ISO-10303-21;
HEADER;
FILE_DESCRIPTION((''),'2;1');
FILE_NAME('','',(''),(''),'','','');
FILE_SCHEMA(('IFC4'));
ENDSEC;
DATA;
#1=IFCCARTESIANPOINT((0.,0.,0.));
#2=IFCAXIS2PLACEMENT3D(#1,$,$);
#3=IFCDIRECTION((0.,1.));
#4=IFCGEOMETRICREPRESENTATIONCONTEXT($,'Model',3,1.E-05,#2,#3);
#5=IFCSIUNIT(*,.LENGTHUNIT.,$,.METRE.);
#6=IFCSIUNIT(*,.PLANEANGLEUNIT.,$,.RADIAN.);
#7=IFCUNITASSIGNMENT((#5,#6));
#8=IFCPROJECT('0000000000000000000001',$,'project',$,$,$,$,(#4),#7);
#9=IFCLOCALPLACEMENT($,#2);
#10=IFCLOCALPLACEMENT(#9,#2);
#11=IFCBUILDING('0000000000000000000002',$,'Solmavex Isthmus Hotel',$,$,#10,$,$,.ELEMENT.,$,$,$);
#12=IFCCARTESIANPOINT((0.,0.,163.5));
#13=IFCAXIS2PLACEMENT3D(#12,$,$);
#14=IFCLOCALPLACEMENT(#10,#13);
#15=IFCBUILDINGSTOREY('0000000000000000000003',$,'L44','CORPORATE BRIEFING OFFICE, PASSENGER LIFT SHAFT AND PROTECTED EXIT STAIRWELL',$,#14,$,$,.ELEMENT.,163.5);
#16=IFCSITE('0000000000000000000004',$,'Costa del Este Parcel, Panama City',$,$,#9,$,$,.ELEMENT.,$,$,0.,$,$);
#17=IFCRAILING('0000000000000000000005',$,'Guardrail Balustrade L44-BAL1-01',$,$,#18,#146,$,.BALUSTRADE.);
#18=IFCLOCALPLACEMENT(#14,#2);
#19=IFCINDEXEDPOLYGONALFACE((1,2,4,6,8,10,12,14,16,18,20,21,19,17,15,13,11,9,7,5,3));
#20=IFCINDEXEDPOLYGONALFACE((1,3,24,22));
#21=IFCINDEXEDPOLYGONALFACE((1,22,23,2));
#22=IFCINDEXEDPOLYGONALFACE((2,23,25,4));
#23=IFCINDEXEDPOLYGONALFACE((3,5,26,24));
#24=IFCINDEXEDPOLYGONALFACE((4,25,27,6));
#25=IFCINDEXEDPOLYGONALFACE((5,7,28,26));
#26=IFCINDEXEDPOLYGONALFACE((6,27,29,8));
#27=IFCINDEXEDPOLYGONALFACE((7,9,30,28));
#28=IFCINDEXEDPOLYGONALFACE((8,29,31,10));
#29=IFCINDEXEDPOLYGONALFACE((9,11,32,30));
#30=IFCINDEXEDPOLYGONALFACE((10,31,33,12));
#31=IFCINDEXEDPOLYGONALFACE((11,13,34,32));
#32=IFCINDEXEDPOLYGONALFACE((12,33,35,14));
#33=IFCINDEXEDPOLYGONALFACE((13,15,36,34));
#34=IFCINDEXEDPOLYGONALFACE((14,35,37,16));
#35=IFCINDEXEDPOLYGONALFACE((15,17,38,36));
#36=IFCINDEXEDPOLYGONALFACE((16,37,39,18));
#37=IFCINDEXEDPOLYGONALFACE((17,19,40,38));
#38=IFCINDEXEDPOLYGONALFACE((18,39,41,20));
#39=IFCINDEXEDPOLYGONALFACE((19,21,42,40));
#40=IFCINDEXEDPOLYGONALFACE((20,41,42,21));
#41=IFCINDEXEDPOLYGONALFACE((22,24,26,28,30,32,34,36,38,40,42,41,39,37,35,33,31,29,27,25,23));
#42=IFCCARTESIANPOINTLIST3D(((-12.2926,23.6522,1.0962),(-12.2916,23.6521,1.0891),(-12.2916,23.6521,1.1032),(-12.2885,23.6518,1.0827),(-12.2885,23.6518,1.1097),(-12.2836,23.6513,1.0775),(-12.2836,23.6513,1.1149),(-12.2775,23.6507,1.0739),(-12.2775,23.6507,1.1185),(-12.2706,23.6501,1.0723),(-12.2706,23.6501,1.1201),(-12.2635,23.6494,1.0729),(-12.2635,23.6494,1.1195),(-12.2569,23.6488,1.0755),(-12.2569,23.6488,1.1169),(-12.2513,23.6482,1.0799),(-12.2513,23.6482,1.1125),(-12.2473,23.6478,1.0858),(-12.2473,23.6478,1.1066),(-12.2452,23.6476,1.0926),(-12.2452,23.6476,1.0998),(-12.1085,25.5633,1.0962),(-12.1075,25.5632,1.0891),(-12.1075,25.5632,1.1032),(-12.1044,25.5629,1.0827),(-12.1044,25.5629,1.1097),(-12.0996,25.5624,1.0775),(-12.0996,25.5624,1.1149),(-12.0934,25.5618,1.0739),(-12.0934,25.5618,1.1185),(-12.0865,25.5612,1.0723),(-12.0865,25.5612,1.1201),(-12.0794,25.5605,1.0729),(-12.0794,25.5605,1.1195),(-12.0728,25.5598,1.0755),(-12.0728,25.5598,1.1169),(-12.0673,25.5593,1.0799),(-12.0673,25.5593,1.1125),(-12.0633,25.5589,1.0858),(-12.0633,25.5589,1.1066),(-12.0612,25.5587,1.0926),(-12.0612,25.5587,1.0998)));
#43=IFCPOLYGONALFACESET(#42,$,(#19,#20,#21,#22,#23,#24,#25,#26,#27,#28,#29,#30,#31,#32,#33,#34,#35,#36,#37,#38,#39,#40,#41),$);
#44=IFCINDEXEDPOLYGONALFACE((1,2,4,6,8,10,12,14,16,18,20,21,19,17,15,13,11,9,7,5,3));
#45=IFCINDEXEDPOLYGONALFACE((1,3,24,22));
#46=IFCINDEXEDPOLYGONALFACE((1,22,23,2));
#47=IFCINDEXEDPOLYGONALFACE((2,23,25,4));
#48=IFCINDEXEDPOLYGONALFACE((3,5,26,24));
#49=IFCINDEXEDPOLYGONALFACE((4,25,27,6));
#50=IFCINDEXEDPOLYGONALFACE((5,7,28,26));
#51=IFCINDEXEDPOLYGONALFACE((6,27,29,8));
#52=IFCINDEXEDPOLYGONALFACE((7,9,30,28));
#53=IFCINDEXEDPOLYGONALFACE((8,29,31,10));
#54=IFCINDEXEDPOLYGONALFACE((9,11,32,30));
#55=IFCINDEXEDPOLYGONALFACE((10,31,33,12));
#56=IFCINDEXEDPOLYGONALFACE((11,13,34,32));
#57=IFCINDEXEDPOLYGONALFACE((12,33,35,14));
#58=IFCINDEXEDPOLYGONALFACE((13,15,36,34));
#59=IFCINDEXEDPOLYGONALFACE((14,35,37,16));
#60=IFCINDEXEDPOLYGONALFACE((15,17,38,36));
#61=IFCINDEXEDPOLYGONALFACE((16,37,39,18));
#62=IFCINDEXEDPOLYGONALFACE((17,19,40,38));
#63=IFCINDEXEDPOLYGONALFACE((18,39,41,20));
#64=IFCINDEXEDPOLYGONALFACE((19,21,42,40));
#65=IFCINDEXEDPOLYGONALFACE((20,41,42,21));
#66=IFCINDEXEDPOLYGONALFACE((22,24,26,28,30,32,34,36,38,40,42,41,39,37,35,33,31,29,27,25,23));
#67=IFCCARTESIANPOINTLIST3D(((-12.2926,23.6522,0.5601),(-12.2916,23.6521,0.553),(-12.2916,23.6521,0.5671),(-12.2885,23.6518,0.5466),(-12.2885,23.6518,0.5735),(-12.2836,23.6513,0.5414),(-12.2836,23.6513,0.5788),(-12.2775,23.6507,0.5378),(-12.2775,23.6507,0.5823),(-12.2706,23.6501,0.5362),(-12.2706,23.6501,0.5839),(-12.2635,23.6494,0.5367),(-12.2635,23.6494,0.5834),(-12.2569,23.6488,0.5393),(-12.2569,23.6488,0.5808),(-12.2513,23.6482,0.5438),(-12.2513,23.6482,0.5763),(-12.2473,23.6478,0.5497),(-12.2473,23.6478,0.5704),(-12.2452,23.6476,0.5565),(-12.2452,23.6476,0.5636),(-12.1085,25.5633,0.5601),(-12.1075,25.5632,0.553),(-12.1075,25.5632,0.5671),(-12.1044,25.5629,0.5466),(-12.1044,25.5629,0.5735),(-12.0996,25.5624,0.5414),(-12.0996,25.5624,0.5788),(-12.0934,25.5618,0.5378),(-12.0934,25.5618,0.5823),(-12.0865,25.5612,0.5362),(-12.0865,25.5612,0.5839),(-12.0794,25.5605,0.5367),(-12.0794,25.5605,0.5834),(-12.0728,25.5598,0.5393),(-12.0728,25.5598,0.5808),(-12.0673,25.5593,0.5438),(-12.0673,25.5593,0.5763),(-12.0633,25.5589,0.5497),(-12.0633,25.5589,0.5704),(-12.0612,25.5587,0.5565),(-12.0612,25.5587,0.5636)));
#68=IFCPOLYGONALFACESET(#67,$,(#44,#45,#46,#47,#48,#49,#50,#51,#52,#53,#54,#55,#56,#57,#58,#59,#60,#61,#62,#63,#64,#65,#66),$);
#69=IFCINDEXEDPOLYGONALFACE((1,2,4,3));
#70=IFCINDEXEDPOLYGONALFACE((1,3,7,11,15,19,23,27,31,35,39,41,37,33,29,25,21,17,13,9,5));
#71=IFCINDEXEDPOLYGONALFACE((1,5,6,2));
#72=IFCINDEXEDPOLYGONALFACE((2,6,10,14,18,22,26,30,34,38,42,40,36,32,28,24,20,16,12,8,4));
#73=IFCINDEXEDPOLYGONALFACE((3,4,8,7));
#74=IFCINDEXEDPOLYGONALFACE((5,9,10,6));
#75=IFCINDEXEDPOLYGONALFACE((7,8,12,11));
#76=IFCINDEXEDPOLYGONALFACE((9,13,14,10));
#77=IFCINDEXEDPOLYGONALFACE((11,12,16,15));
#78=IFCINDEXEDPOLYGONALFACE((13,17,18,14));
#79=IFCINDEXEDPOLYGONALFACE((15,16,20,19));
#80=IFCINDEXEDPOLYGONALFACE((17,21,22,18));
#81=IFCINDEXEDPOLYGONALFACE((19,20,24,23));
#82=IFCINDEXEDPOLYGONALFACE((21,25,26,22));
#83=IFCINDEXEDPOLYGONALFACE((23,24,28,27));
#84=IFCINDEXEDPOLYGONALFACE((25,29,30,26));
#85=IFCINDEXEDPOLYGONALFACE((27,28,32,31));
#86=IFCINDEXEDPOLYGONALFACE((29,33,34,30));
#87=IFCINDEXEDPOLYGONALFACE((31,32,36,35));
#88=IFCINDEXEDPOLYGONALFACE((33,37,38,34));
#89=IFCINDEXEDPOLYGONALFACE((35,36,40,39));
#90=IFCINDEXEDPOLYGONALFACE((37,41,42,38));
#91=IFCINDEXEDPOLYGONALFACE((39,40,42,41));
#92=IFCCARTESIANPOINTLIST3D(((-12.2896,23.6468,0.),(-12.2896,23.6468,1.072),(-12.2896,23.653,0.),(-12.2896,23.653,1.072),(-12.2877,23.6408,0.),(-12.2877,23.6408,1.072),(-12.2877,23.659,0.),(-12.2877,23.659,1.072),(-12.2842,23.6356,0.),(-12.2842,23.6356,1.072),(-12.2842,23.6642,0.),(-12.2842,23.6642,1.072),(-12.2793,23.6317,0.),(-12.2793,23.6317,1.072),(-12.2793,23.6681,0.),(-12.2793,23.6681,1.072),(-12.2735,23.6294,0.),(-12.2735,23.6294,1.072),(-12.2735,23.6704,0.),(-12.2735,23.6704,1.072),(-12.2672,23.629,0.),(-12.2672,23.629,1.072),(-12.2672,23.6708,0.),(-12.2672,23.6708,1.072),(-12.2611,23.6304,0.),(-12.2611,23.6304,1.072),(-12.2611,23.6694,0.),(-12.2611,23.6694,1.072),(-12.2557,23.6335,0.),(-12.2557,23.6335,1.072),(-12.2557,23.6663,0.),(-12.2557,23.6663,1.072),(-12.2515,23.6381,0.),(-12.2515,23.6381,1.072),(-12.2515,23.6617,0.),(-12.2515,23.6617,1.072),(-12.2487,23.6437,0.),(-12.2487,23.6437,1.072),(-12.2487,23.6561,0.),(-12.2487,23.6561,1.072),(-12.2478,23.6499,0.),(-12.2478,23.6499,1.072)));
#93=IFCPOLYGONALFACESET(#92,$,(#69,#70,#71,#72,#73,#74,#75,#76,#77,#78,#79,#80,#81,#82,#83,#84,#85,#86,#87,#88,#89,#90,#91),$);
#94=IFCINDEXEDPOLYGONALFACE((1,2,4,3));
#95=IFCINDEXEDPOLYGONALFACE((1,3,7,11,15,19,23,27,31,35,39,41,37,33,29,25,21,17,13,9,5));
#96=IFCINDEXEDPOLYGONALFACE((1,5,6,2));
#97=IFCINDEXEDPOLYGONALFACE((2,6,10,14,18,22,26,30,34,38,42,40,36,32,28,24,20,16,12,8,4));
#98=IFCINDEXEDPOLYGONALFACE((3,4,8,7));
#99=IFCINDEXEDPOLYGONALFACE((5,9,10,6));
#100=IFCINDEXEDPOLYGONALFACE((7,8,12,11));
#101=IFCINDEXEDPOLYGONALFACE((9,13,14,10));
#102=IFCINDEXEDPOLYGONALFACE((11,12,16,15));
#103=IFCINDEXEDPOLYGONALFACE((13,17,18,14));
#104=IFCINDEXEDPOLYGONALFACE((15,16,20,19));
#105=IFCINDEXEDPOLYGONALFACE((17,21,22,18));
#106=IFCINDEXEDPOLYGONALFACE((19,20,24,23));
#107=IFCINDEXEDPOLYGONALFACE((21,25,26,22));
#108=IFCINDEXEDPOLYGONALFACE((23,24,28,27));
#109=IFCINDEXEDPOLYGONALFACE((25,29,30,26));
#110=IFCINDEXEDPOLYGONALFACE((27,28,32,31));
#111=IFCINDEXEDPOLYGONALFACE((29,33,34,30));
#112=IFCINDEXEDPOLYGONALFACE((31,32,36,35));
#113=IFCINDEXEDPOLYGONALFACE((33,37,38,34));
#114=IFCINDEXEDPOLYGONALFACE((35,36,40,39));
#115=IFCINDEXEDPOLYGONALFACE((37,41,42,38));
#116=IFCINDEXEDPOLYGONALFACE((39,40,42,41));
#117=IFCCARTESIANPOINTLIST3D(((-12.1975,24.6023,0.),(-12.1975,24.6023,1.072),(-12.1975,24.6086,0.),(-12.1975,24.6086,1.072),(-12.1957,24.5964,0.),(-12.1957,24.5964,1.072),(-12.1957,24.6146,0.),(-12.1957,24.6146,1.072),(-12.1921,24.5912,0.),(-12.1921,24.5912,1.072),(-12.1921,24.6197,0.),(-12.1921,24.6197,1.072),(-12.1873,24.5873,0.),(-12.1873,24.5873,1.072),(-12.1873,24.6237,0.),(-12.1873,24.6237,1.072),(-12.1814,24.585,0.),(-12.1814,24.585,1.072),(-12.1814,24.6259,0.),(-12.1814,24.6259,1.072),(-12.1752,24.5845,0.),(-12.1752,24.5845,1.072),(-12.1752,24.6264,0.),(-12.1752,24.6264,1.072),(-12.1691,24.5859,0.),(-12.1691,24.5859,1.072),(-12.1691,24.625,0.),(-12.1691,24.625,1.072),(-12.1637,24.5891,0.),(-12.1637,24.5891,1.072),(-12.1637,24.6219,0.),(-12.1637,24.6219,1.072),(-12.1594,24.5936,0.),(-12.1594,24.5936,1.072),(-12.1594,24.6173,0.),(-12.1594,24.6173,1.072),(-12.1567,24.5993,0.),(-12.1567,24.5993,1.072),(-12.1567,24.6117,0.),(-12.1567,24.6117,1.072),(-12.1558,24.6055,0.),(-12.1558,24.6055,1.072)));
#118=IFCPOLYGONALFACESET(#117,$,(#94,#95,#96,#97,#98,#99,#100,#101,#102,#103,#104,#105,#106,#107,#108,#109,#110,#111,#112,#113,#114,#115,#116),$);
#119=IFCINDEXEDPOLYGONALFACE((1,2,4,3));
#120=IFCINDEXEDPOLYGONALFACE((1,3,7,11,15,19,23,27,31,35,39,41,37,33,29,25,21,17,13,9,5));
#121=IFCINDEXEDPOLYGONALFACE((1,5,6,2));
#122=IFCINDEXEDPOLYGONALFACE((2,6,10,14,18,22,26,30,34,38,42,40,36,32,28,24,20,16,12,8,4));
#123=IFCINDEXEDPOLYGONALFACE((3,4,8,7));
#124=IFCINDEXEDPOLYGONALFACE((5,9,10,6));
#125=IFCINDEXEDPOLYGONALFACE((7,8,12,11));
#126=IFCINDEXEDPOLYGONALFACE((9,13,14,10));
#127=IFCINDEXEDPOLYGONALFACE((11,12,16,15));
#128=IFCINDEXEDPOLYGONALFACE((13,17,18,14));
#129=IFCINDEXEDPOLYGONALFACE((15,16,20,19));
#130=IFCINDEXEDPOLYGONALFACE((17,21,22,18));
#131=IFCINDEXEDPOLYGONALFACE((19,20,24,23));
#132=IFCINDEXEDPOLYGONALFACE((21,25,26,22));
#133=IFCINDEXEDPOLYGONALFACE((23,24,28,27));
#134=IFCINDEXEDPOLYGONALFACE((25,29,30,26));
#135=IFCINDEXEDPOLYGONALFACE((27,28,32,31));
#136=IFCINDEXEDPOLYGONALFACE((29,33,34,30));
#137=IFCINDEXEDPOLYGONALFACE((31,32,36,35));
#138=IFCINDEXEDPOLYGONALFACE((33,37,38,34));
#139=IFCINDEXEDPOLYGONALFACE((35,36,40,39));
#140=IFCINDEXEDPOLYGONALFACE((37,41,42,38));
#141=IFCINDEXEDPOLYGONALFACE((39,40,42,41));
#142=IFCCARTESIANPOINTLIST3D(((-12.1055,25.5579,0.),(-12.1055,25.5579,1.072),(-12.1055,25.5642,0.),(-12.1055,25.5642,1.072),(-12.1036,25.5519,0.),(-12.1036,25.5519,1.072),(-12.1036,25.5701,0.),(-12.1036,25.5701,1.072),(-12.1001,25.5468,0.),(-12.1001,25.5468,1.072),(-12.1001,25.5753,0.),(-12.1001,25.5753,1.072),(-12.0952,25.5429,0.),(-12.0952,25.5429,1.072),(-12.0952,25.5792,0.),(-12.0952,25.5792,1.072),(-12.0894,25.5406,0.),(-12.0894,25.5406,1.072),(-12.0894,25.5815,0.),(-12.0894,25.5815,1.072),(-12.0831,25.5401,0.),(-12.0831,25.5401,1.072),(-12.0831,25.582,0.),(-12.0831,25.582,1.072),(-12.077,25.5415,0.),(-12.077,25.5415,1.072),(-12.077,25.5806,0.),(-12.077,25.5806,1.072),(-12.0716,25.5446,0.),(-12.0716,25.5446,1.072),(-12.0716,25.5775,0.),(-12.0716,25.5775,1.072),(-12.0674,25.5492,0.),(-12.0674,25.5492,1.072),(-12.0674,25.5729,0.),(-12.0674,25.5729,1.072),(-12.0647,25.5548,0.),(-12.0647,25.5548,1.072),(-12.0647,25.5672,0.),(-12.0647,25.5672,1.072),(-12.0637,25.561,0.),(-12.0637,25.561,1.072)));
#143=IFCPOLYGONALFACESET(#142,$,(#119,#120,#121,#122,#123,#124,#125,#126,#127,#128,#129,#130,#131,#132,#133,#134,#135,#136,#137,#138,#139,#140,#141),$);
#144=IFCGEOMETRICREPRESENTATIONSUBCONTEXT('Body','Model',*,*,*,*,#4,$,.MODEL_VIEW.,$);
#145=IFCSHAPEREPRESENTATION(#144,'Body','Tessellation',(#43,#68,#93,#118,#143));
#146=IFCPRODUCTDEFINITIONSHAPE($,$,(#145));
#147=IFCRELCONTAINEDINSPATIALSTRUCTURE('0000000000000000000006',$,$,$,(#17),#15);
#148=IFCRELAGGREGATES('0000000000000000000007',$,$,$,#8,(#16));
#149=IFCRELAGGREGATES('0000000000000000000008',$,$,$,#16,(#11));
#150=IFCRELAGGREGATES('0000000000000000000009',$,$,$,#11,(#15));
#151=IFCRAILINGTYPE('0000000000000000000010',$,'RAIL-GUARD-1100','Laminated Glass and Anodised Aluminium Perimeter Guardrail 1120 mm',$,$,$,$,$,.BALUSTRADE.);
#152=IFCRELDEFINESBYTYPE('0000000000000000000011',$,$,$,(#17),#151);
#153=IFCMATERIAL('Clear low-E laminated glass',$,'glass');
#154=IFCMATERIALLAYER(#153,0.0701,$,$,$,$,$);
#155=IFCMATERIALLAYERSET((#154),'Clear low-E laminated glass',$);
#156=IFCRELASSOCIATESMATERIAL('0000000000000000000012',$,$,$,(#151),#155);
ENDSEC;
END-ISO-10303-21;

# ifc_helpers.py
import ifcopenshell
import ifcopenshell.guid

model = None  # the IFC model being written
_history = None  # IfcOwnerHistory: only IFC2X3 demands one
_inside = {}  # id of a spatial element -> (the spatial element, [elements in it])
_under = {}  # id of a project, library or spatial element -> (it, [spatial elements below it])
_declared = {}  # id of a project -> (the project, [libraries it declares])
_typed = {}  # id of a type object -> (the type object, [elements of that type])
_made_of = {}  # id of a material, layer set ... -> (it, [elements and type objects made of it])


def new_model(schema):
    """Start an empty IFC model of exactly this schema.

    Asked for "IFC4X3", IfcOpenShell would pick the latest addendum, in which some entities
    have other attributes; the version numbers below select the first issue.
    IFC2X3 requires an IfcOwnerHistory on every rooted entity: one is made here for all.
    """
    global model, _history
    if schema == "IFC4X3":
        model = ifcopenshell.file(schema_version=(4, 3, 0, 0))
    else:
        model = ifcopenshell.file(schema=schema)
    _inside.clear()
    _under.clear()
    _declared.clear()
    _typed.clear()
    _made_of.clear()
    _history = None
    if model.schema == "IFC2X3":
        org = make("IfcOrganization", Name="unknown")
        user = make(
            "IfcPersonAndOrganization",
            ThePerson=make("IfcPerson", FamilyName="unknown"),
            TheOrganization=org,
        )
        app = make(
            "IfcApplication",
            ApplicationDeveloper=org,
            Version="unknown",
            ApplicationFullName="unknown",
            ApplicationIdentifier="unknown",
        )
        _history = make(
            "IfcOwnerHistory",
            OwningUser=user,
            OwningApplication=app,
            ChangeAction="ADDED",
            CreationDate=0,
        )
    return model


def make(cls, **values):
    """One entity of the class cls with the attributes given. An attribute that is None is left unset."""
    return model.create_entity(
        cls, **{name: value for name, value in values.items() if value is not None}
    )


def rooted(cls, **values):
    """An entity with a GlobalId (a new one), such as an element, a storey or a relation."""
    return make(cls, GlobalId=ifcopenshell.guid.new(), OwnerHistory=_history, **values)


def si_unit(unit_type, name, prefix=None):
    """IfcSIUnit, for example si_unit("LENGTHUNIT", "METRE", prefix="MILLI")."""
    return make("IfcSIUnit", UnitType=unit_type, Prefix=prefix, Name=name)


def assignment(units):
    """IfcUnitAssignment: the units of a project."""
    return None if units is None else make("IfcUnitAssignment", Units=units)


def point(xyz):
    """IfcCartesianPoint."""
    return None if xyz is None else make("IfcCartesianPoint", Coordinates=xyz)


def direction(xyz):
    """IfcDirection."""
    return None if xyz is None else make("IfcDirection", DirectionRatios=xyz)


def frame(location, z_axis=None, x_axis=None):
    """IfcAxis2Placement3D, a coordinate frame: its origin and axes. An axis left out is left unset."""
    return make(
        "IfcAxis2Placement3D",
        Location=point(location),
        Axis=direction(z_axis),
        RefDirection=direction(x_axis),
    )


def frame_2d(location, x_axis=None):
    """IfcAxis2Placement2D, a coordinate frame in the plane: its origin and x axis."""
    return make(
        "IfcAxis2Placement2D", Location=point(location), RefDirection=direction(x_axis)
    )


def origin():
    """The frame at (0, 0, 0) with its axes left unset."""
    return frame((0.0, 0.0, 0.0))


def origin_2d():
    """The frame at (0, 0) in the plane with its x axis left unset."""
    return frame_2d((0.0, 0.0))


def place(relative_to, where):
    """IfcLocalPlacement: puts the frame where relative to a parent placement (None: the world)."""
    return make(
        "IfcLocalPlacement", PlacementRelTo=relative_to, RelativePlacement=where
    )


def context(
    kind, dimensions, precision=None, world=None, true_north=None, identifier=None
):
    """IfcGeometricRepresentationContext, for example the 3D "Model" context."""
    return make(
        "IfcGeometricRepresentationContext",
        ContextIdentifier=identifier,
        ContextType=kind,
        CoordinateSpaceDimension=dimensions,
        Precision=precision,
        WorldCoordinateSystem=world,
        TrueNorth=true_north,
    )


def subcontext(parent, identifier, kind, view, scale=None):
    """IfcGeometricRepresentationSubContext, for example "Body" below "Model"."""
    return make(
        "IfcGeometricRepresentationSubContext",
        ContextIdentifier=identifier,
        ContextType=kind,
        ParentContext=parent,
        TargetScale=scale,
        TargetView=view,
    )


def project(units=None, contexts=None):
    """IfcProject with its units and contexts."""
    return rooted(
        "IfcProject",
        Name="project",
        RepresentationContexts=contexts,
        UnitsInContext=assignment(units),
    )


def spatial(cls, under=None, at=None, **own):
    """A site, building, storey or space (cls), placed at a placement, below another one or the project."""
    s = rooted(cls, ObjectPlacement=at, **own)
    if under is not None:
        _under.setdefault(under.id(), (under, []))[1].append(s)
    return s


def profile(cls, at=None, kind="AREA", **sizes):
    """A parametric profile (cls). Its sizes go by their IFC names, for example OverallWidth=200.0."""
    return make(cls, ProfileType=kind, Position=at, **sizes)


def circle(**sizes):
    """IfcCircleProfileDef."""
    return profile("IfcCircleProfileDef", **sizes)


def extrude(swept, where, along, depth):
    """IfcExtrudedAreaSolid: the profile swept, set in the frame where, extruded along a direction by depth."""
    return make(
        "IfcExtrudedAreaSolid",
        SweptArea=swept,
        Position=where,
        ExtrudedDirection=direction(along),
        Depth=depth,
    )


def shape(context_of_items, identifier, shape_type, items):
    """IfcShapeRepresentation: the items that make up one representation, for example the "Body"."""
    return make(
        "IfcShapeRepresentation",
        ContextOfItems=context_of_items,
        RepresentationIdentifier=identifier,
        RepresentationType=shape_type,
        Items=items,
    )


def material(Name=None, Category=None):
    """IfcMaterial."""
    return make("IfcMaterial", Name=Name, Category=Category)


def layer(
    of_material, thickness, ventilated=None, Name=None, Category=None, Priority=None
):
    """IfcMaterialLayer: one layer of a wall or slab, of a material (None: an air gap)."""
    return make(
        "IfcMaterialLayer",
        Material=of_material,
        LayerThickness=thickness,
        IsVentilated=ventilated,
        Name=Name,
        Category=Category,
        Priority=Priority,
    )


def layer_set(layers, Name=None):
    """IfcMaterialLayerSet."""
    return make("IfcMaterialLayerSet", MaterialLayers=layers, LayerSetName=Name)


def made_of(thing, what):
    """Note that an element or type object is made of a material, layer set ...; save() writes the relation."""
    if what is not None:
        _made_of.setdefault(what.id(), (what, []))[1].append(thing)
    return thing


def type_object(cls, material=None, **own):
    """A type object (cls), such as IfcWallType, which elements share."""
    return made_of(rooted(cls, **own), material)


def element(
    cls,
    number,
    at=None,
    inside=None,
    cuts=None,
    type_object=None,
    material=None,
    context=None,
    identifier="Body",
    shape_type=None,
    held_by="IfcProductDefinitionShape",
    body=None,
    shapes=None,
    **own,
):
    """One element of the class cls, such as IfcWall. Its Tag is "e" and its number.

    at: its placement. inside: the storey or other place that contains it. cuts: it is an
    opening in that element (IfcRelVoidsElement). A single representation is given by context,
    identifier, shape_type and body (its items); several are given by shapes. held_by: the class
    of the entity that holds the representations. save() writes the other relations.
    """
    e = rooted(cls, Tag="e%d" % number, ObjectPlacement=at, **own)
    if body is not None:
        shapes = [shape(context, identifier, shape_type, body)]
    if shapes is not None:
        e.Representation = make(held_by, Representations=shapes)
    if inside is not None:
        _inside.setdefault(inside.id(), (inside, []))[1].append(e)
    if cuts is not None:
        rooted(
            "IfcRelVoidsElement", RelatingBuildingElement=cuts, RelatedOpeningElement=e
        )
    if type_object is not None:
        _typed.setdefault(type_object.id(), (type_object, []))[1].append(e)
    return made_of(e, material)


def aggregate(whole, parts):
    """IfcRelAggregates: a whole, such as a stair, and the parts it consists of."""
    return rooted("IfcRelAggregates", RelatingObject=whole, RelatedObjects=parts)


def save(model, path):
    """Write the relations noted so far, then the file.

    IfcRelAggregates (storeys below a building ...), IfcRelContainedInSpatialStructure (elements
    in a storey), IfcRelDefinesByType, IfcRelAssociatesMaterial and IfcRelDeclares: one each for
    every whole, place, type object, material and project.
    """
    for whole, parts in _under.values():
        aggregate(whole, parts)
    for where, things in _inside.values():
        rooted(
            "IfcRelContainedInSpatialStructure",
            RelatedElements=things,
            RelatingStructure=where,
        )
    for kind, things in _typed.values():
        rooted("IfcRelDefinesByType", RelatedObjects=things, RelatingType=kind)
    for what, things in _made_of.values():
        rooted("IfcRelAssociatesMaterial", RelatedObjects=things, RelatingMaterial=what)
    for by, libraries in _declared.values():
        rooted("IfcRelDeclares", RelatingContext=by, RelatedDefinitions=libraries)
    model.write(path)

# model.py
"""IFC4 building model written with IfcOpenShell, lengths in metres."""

from ifc_helpers import new_model, si_unit, direction, frame, origin, origin_2d, place, context, subcontext, project, spatial, circle, extrude, material, layer, layer_set, type_object, element, save


model = new_model("IFC4")

# Units and contexts
model_context = context("Model", 3, precision=1e-05, world=origin(), true_north=direction((0.0, 1.0)))
body_context = subcontext(model_context, "Body", "Model", "MODEL_VIEW")
ifc_project = project(units=[si_unit("LENGTHUNIT", "METRE"), si_unit("PLANEANGLEUNIT", "RADIAN")], contexts=[model_context])

# Site, building, storey
site_placement = place(None, origin())
site = spatial("IfcSite", under=ifc_project, at=site_placement, Name="Costa del Este Parcel, Panama City", CompositionType="ELEMENT", RefElevation=0.0)
building_placement = place(site_placement, origin())
building = spatial("IfcBuilding", under=site, at=building_placement, Name="Solmavex Isthmus Hotel", CompositionType="ELEMENT")
storey_placement = place(building_placement, frame((0.0, 0.0, 163.5)))
storey = spatial("IfcBuildingStorey", under=building, at=storey_placement, Name="L44", Description="CORPORATE BRIEFING OFFICE, PASSENGER LIFT SHAFT AND PROTECTED EXIT STAIRWELL", CompositionType="ELEMENT", Elevation=163.5)

# Shared definitions
ifc_material_1 = material(Name="Clear low-E laminated glass", Category="glass")

# Railing
ifc_layer_1 = layer(ifc_material_1, 0.0701)
ifc_layer_set_1 = layer_set([ifc_layer_1], Name="Clear low-E laminated glass")
railing_type = type_object("IfcRailingType", Name="RAIL-GUARD-1100", Description="Laminated Glass and Anodised Aluminium Perimeter Guardrail 1120 mm", PredefinedType="BALUSTRADE", material=ifc_layer_set_1)
railing_1_placement = place(storey_placement, frame((-12.2688, 23.6499, 0.0)))
element("IfcRailing", 1, at=railing_1_placement, inside=storey, type_object=railing_type, Name="Guardrail Balustrade L44-BAL1-01", PredefinedType="BALUSTRADE", context=body_context, shape_type="SweptSolid", body=[
    extrude(circle(Radius=0.0239, at=origin_2d()), frame((0.0, 0.0, 1.0962), z_axis=(0.095877, 0.995393, 0.0), x_axis=(-0.995393, 0.095877, 0.0)), (0.0, 0.0, 1.0), 1.9199),
    extrude(circle(Radius=0.0239, at=origin_2d()), frame((0.0, 0.0, 0.5601), z_axis=(0.095877, 0.995393, 0.0), x_axis=(-0.995393, 0.095877, 0.0)), (0.0, 0.0, 1.0), 1.9199),
    extrude(circle(Radius=0.021, at=origin_2d()), origin(), (0.0, 0.0, 1.0), 1.072),
    extrude(circle(Radius=0.021, at=origin_2d()), frame((0.092, 0.9556, 0.0)), (0.0, 0.0, 1.0), 1.072),
    extrude(circle(Radius=0.021, at=origin_2d()), frame((0.1841, 1.9111, 0.0)), (0.0, 0.0, 1.0), 1.072),
])

save(model, "model.ifc")
